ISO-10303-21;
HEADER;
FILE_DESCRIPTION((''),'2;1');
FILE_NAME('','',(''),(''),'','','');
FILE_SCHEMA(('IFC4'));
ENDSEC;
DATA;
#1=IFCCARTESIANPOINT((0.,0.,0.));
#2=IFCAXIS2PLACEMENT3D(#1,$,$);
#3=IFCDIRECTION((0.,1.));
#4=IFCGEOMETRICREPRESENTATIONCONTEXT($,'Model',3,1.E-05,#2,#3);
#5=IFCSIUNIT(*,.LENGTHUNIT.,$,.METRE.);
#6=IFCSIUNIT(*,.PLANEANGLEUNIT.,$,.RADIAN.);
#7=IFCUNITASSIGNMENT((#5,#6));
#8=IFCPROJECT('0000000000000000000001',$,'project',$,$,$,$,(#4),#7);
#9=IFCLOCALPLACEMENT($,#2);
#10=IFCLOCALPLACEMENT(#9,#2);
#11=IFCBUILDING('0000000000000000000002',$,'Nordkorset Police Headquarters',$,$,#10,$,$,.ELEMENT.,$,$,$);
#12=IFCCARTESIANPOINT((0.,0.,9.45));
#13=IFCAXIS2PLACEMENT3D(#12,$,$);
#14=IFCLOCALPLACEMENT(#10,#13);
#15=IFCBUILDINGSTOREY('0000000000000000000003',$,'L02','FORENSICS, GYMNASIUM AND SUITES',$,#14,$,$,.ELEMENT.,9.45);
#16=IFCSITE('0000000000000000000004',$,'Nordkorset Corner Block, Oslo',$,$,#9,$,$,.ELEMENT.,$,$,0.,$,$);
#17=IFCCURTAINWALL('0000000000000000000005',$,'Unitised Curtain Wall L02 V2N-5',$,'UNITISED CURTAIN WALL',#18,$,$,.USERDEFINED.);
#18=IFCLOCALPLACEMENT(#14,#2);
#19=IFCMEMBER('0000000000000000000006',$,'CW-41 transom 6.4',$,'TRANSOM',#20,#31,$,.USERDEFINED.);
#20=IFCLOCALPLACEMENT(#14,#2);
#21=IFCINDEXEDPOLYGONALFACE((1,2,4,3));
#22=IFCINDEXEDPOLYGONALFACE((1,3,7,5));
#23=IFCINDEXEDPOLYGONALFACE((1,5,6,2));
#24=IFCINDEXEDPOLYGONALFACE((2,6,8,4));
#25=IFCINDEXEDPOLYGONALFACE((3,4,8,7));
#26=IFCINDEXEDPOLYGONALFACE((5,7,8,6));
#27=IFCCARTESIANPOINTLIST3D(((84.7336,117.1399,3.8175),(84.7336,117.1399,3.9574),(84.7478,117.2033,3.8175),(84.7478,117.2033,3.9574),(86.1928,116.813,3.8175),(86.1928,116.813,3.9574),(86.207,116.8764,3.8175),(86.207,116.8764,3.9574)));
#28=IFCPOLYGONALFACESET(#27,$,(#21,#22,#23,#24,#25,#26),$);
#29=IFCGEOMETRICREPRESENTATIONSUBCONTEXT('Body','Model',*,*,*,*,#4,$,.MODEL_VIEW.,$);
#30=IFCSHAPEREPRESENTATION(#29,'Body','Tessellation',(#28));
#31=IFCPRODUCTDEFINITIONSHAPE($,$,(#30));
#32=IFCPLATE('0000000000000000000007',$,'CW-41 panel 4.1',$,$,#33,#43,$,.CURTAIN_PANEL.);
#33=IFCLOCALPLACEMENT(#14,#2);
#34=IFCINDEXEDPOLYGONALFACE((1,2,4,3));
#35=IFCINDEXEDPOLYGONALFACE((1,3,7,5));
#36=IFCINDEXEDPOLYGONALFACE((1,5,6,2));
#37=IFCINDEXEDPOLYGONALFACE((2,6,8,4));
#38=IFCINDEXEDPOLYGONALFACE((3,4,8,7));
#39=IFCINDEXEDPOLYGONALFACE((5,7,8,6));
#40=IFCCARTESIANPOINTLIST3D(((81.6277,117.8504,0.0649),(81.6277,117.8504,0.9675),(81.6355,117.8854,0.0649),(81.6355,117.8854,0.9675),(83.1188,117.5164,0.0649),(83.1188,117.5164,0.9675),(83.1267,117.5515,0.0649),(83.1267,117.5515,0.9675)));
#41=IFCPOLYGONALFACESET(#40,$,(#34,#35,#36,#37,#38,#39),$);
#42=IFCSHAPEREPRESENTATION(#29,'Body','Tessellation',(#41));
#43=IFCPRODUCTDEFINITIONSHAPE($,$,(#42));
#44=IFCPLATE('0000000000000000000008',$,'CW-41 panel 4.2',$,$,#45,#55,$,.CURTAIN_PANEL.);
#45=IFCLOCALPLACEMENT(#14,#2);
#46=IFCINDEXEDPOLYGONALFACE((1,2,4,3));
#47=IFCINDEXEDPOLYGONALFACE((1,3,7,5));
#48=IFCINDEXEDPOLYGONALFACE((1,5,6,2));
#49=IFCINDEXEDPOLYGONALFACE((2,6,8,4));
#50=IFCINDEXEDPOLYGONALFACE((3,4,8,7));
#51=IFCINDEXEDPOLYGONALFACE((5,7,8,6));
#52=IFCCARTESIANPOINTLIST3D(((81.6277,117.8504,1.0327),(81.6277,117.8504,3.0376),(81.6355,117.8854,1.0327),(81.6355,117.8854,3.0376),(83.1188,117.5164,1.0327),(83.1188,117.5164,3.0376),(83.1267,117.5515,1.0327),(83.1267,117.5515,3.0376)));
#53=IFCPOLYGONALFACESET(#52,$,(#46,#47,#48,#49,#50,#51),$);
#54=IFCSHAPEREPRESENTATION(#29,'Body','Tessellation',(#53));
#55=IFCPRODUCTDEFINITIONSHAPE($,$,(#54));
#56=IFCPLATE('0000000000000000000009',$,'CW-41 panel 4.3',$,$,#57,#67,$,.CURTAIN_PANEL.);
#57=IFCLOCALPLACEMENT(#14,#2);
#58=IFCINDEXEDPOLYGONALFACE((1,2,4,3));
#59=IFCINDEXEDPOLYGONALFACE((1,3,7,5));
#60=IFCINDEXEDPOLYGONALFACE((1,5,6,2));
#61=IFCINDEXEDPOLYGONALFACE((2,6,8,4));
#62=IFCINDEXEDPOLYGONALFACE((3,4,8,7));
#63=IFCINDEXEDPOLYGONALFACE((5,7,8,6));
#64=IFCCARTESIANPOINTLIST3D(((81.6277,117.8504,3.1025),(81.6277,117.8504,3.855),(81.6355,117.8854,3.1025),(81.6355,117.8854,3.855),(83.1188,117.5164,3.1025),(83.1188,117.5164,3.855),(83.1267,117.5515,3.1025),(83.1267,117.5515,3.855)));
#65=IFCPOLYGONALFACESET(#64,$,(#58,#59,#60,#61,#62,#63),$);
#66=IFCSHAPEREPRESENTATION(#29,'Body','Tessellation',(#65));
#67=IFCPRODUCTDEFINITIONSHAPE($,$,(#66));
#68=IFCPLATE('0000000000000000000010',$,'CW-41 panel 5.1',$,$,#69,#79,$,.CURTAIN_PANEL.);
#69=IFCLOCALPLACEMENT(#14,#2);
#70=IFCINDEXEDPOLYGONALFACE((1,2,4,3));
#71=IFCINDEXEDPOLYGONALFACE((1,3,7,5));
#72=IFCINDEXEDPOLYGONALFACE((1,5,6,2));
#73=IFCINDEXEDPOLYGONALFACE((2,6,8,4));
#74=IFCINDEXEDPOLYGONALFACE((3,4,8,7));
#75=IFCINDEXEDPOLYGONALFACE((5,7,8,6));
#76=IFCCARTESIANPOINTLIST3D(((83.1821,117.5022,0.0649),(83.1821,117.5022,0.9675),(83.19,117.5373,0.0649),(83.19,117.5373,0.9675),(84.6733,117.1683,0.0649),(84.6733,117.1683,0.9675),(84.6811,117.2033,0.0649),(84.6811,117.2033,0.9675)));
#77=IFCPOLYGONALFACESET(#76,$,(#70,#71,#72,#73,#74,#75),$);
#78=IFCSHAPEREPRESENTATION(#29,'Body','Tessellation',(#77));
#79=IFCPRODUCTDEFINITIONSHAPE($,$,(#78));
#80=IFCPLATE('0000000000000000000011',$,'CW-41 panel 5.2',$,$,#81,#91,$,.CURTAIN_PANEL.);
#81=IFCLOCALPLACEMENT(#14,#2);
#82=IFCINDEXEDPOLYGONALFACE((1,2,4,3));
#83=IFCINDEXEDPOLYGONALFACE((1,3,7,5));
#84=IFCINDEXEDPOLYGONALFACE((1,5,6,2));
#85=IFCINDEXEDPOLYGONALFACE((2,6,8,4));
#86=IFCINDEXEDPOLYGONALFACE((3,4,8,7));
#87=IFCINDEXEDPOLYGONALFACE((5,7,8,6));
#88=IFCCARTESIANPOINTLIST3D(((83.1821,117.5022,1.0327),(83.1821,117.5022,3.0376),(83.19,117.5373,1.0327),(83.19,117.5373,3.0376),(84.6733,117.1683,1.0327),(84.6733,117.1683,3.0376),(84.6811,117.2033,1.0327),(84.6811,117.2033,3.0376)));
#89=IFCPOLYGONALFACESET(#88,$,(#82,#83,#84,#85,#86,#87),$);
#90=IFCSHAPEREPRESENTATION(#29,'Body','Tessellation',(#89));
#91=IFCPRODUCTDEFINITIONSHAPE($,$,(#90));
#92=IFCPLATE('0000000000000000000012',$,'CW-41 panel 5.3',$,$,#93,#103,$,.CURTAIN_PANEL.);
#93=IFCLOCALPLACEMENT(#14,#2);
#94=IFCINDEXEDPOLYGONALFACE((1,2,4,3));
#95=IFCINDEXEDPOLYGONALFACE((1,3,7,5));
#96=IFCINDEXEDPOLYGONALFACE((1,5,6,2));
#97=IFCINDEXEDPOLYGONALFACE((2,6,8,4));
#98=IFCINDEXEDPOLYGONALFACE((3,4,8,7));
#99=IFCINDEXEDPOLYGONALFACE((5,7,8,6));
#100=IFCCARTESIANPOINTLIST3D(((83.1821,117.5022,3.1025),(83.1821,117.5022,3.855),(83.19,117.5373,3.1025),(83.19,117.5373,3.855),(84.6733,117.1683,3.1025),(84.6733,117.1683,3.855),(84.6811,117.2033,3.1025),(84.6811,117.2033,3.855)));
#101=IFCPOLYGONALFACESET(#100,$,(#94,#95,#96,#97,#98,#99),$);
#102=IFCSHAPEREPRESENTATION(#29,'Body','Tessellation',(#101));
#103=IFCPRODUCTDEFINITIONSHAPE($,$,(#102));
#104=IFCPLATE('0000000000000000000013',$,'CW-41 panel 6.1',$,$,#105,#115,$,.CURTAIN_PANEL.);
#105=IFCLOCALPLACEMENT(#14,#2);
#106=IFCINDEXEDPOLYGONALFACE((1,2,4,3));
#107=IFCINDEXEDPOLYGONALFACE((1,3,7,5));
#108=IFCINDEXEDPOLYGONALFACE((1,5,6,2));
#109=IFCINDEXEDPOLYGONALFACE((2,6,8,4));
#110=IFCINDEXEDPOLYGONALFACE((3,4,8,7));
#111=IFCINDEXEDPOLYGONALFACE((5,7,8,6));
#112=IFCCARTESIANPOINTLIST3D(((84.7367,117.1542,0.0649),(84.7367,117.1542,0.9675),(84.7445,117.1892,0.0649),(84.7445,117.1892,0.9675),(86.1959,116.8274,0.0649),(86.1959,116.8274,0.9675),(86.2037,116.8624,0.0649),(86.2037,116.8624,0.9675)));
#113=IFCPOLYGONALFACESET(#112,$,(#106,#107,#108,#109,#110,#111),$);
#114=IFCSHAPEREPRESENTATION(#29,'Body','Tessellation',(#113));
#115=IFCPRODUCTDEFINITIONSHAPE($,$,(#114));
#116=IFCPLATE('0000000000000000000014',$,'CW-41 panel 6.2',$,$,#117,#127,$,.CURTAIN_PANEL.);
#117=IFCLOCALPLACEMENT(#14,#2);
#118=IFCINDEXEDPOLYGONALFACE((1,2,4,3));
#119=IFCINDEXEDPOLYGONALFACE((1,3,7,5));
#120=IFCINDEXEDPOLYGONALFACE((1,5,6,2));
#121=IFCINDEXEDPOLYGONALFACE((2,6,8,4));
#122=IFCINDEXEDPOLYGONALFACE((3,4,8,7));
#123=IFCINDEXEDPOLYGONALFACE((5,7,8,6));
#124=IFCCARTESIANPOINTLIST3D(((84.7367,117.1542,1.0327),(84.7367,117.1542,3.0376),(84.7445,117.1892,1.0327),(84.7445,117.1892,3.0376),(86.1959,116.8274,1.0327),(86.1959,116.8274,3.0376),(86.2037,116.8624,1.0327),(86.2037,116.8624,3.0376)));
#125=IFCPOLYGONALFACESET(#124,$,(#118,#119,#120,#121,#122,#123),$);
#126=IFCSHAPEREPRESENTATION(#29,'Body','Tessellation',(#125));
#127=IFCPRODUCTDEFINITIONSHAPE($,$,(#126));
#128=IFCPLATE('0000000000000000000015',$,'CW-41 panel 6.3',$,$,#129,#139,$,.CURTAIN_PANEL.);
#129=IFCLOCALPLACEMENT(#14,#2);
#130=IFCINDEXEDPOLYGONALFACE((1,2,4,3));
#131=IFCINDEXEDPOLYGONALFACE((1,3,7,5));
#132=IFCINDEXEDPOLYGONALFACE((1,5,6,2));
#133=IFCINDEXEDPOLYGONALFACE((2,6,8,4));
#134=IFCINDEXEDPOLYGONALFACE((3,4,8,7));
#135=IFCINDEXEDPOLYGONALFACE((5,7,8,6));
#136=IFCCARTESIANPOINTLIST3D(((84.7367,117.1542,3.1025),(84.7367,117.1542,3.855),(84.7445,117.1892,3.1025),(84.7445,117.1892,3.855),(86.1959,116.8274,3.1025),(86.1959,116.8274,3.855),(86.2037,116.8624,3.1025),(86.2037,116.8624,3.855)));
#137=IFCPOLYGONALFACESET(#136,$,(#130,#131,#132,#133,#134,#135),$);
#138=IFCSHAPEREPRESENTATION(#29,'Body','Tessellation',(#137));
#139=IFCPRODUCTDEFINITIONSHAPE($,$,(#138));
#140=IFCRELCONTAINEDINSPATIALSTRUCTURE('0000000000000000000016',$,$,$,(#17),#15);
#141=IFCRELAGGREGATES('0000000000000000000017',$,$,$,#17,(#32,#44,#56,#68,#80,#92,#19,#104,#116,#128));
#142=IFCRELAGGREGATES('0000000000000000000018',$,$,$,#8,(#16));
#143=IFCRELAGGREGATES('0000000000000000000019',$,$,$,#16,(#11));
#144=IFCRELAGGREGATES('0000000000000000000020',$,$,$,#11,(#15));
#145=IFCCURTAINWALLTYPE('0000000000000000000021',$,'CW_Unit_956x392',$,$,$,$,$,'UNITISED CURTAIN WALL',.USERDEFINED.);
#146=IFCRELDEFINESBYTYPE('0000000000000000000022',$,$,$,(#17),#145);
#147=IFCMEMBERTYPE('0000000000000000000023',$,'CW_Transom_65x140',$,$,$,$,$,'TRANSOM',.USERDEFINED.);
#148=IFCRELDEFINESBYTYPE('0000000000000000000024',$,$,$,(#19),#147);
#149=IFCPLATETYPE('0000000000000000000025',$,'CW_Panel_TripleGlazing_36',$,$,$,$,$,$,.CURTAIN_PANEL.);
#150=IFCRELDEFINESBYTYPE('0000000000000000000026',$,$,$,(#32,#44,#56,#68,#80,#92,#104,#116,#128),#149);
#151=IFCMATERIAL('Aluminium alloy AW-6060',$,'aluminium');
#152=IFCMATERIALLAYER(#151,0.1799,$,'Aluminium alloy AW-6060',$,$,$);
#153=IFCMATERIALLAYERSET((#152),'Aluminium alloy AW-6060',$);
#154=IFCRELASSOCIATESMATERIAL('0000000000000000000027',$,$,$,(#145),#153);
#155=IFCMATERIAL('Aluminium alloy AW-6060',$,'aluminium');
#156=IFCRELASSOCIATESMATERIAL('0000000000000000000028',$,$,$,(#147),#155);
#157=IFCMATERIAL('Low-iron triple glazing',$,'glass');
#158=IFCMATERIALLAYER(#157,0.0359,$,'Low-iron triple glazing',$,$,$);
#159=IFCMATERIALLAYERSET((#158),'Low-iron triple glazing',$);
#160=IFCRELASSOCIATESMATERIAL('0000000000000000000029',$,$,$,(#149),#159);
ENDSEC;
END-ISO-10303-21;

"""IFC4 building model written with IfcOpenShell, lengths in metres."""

from ifc_helpers import new_model, si_unit, direction, frame, origin, origin_2d, place, context, subcontext, project, spatial, rectangle, extrude, material, layer, layer_set, material_profile, profile_set, type_object, element, aggregate, save


model = new_model("IFC4")

# Units and contexts
model_context = context("Model", 3, precision=1e-05, world=origin(), true_north=direction((0.0, 1.0)))
body_context = subcontext(model_context, "Body", "Model", "MODEL_VIEW")
ifc_project = project(units=[si_unit("LENGTHUNIT", "METRE"), si_unit("PLANEANGLEUNIT", "RADIAN")], contexts=[model_context])

# Site, building, storey
site_placement = place(None, origin())
site = spatial("IfcSite", under=ifc_project, at=site_placement, Name="Nordkorset Corner Block, Oslo", CompositionType="ELEMENT", RefElevation=0.0)
building_placement = place(site_placement, origin())
building = spatial("IfcBuilding", under=site, at=building_placement, Name="Nordkorset Police Headquarters", CompositionType="ELEMENT")
storey_placement = place(building_placement, frame((0.0, 0.0, 9.45)))
storey = spatial("IfcBuildingStorey", under=building, at=storey_placement, Name="L02", Description="FORENSICS, GYMNASIUM AND SUITES", CompositionType="ELEMENT", Elevation=9.45)

# Curtain wall, member, plates
ifc_material_1 = material(Name="Aluminium alloy AW-6060", Category="aluminium")
ifc_layer_1 = layer(ifc_material_1, 0.1799, Name="Aluminium alloy AW-6060")
ifc_layer_set_1 = layer_set([ifc_layer_1], Name="Aluminium alloy AW-6060")
curtain_wall_type = type_object("IfcCurtainWallType", Name="CW_Unit_956x392", ElementType="UNITISED CURTAIN WALL", PredefinedType="USERDEFINED", material=ifc_layer_set_1)
curtain_wall_placement = place(storey_placement, origin())
curtain_wall = element("IfcCurtainWall", 1, at=curtain_wall_placement, inside=storey, type_object=curtain_wall_type, Name="Unitised Curtain Wall L02 V2N-5", ObjectType="UNITISED CURTAIN WALL", PredefinedType="USERDEFINED")
ifc_material_2 = material(Name="Aluminium alloy AW-6060", Category="aluminium")
ifc_material_profile_1 = material_profile(ifc_material_2, rectangle(XDim=0.0649, YDim=0.1399, at=origin_2d()), Name="ALU TRAN 65x140")
ifc_profile_set_1 = profile_set([ifc_material_profile_1], Name="Aluminium alloy AW-6060")
member_type_1 = type_object("IfcMemberType", Name="CW_Transom_65x140", ElementType="TRANSOM", PredefinedType="USERDEFINED", material=ifc_profile_set_1)
member_1_placement = place(storey_placement, frame((84.7407, 117.1716, 3.8875), z_axis=(0.975813, -0.218607, 0.0), x_axis=(0.218607, 0.975813, 0.0)))
member_1 = element("IfcMember", 2, at=member_1_placement, type_object=member_type_1, Name="CW-41 transom 6.4", ObjectType="TRANSOM", PredefinedType="USERDEFINED", context=body_context, shape_type="SweptSolid", body=[
    extrude(rectangle(XDim=0.0649, YDim=0.1399, at=origin_2d()), origin(), (0.0, 0.0, 1.0), 1.4954),
])
ifc_material_3 = material(Name="Low-iron triple glazing", Category="glass")
ifc_layer_2 = layer(ifc_material_3, 0.0359, Name="Low-iron triple glazing")
ifc_layer_set_2 = layer_set([ifc_layer_2], Name="Low-iron triple glazing")
plate_type = type_object("IfcPlateType", Name="CW_Panel_TripleGlazing_36", PredefinedType="CURTAIN_PANEL", material=ifc_layer_set_2)
plate_1_placement = place(storey_placement, frame((82.3772, 117.7009, 0.0649), z_axis=(0.0, 0.0, 1.0), x_axis=(0.975827, -0.218544, 0.0)))
plate_1 = element("IfcPlate", 3, at=plate_1_placement, type_object=plate_type, Name="CW-41 panel 4.1", PredefinedType="CURTAIN_PANEL", context=body_context, shape_type="SweptSolid", body=[
    extrude(rectangle(XDim=1.5281, YDim=0.0359, at=origin_2d()), origin(), (0.0, 0.0, 1.0), 0.9026),
])
plate_2_placement = place(storey_placement, frame((82.3772, 117.7009, 1.0327), z_axis=(0.0, 0.0, 1.0), x_axis=(0.975827, -0.218544, 0.0)))
plate_2 = element("IfcPlate", 4, at=plate_2_placement, type_object=plate_type, Name="CW-41 panel 4.2", PredefinedType="CURTAIN_PANEL", context=body_context, shape_type="SweptSolid", body=[
    extrude(rectangle(XDim=1.5281, YDim=0.0359, at=origin_2d()), origin(), (0.0, 0.0, 1.0), 2.0049),
])
plate_3_placement = place(storey_placement, frame((82.3772, 117.7009, 3.1025), z_axis=(0.0, 0.0, 1.0), x_axis=(0.975827, -0.218544, 0.0)))
plate_3 = element("IfcPlate", 5, at=plate_3_placement, type_object=plate_type, Name="CW-41 panel 4.3", PredefinedType="CURTAIN_PANEL", context=body_context, shape_type="SweptSolid", body=[
    extrude(rectangle(XDim=1.5281, YDim=0.0359, at=origin_2d()), origin(), (0.0, 0.0, 1.0), 0.7524),
])
plate_4_placement = place(storey_placement, frame((83.9316, 117.3528, 0.0649), z_axis=(0.0, 0.0, 1.0), x_axis=(0.975827, -0.218544, 0.0)))
plate_4 = element("IfcPlate", 6, at=plate_4_placement, type_object=plate_type, Name="CW-41 panel 5.1", PredefinedType="CURTAIN_PANEL", context=body_context, shape_type="SweptSolid", body=[
    extrude(rectangle(XDim=1.5281, YDim=0.0359, at=origin_2d()), origin(), (0.0, 0.0, 1.0), 0.9026),
])
plate_5_placement = place(storey_placement, frame((83.9316, 117.3528, 1.0327), z_axis=(0.0, 0.0, 1.0), x_axis=(0.975827, -0.218544, 0.0)))
plate_5 = element("IfcPlate", 7, at=plate_5_placement, type_object=plate_type, Name="CW-41 panel 5.2", PredefinedType="CURTAIN_PANEL", context=body_context, shape_type="SweptSolid", body=[
    extrude(rectangle(XDim=1.5281, YDim=0.0359, at=origin_2d()), origin(), (0.0, 0.0, 1.0), 2.0049),
])
plate_6_placement = place(storey_placement, frame((83.9316, 117.3528, 3.1025), z_axis=(0.0, 0.0, 1.0), x_axis=(0.975827, -0.218544, 0.0)))
plate_6 = element("IfcPlate", 8, at=plate_6_placement, type_object=plate_type, Name="CW-41 panel 5.3", PredefinedType="CURTAIN_PANEL", context=body_context, shape_type="SweptSolid", body=[
    extrude(rectangle(XDim=1.5281, YDim=0.0359, at=origin_2d()), origin(), (0.0, 0.0, 1.0), 0.7524),
])
plate_7_placement = place(storey_placement, frame((85.4702, 117.0083, 0.0649), z_axis=(0.0, 0.0, 1.0), x_axis=(0.975827, -0.218544, 0.0)))
plate_7 = element("IfcPlate", 9, at=plate_7_placement, type_object=plate_type, Name="CW-41 panel 6.1", PredefinedType="CURTAIN_PANEL", context=body_context, shape_type="SweptSolid", body=[
    extrude(rectangle(XDim=1.4954, YDim=0.0359, at=origin_2d()), origin(), (0.0, 0.0, 1.0), 0.9026),
])
plate_8_placement = place(storey_placement, frame((85.4702, 117.0083, 1.0327), z_axis=(0.0, 0.0, 1.0), x_axis=(0.975827, -0.218544, 0.0)))
plate_8 = element("IfcPlate", 10, at=plate_8_placement, type_object=plate_type, Name="CW-41 panel 6.2", PredefinedType="CURTAIN_PANEL", context=body_context, shape_type="SweptSolid", body=[
    extrude(rectangle(XDim=1.4954, YDim=0.0359, at=origin_2d()), origin(), (0.0, 0.0, 1.0), 2.0049),
])
plate_9_placement = place(storey_placement, frame((85.4702, 117.0083, 3.1025), z_axis=(0.0, 0.0, 1.0), x_axis=(0.975827, -0.218544, 0.0)))
plate_9 = element("IfcPlate", 11, at=plate_9_placement, type_object=plate_type, Name="CW-41 panel 6.3", PredefinedType="CURTAIN_PANEL", context=body_context, shape_type="SweptSolid", body=[
    extrude(rectangle(XDim=1.4954, YDim=0.0359, at=origin_2d()), origin(), (0.0, 0.0, 1.0), 0.7524),
])
aggregate(curtain_wall, [plate_1, plate_2, plate_3, plate_4, plate_5, plate_6, member_1, plate_7, plate_8, plate_9])

save(model, "model.ifc")
